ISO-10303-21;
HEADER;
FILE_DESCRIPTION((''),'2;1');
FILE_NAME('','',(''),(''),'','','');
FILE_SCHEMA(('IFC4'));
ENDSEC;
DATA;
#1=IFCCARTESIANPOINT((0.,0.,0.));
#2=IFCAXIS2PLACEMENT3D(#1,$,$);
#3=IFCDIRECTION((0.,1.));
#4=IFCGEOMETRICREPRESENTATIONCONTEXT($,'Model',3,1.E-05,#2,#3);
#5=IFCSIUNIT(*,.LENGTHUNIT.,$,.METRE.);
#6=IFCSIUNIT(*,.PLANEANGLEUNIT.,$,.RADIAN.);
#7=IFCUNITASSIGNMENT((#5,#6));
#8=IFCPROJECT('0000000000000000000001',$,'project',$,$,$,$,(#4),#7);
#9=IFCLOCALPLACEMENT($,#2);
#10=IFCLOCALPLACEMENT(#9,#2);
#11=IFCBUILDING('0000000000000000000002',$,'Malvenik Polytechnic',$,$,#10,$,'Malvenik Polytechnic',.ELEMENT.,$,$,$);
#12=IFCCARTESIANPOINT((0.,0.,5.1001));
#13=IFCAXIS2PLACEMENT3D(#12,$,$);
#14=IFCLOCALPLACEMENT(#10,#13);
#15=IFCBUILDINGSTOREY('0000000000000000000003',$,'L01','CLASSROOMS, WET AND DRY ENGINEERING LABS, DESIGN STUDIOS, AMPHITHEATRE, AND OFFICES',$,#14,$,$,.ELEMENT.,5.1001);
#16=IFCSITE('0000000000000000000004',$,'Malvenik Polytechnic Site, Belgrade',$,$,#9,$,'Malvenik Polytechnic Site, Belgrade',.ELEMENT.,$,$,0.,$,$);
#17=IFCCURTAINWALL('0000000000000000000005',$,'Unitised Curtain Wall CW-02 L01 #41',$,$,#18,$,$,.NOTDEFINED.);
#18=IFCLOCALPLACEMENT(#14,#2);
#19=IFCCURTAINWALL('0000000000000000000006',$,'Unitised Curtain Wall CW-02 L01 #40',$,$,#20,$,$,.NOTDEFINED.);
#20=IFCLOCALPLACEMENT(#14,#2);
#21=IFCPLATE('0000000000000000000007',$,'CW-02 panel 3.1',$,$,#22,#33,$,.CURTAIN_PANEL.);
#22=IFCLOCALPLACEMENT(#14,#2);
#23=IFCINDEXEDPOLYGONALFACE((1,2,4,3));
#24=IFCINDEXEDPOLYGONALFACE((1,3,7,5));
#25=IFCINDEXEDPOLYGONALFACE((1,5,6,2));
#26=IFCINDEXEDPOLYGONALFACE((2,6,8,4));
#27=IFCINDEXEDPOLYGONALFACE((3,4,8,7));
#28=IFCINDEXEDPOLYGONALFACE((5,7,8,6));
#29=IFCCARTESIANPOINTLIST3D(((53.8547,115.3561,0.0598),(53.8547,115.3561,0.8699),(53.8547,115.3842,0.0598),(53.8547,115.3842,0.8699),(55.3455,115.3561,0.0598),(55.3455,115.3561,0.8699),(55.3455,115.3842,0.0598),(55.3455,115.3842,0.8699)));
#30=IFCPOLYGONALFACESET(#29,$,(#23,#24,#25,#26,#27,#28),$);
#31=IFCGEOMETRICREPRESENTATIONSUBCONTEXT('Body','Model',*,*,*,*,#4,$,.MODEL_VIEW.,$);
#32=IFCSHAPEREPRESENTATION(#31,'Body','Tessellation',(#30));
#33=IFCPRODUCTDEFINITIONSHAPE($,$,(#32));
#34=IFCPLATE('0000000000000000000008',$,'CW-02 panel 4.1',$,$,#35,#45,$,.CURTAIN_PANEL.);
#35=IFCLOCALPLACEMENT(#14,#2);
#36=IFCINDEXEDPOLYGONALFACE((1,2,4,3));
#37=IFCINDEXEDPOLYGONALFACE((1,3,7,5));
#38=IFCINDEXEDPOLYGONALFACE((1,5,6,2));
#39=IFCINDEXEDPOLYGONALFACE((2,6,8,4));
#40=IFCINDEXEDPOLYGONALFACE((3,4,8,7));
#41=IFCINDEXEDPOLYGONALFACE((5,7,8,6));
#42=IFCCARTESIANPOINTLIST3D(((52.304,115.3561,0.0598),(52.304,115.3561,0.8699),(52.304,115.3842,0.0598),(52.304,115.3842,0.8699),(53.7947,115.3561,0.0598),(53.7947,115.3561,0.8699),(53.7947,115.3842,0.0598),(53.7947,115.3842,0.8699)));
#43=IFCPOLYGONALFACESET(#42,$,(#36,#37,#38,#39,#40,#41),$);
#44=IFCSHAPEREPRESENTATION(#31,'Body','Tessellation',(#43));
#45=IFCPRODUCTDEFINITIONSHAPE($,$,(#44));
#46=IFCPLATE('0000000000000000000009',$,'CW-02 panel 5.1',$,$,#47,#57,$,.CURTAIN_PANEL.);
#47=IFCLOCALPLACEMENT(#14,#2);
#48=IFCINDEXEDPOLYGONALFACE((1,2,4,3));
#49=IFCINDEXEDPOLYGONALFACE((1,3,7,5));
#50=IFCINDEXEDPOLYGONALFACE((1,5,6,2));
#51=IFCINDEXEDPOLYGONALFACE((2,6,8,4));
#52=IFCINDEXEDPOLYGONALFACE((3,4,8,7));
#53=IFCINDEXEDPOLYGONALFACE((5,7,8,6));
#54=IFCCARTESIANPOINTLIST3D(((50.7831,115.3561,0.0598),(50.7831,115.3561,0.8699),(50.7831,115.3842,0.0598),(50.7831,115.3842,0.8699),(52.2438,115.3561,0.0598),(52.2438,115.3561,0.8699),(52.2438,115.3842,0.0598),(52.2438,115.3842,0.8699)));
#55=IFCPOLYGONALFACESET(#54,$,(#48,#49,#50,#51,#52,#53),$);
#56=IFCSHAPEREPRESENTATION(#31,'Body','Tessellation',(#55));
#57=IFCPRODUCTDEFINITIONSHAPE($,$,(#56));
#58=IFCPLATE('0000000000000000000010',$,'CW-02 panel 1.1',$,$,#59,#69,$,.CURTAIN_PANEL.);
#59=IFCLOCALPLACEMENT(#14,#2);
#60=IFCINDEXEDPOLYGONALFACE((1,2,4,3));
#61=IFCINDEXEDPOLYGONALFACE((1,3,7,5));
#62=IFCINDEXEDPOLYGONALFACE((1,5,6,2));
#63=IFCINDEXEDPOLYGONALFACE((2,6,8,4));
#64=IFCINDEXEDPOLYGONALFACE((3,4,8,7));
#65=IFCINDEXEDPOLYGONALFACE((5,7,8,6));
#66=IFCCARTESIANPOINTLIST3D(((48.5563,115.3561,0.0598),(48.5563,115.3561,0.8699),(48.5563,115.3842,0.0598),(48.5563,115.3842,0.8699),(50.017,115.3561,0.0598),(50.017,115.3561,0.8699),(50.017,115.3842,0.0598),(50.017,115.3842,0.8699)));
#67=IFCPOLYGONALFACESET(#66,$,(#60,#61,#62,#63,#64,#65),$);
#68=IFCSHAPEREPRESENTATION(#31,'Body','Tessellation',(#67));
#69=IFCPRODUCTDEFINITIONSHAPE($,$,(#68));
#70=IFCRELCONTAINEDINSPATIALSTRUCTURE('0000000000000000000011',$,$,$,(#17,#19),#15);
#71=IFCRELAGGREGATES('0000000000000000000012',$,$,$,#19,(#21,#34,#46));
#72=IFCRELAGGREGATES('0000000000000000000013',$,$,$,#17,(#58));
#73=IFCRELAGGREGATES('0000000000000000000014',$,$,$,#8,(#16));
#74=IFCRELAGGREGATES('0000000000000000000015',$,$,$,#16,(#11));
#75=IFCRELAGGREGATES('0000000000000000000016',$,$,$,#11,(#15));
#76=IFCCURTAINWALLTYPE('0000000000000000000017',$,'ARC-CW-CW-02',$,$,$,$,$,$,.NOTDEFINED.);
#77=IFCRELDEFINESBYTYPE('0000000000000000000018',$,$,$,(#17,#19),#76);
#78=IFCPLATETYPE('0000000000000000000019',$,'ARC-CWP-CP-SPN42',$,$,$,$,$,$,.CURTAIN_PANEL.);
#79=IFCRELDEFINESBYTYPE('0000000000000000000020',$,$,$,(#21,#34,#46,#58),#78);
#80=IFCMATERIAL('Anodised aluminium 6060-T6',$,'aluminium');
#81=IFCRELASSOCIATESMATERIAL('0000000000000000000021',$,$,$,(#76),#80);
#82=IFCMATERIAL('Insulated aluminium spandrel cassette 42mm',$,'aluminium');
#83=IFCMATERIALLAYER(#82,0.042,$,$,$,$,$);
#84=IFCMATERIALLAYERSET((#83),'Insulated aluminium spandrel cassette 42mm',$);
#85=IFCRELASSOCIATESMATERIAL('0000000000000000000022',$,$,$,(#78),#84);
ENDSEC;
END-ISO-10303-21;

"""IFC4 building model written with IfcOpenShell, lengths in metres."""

from ifc_helpers import new_model, si_unit, direction, frame, origin, origin_2d, place, context, subcontext, project, spatial, rectangle, extrude, material, layer, layer_set, type_object, element, aggregate, save


model = new_model("IFC4")

# Units and contexts
model_context = context("Model", 3, precision=1e-05, world=origin(), true_north=direction((0.0, 1.0)))
body_context = subcontext(model_context, "Body", "Model", "MODEL_VIEW")
ifc_project = project(units=[si_unit("LENGTHUNIT", "METRE"), si_unit("PLANEANGLEUNIT", "RADIAN")], contexts=[model_context])

# Site, building, storey
site_placement = place(None, origin())
site = spatial("IfcSite", under=ifc_project, at=site_placement, Name="Malvenik Polytechnic Site, Belgrade", LongName="Malvenik Polytechnic Site, Belgrade", CompositionType="ELEMENT", RefElevation=0.0)
building_placement = place(site_placement, origin())
building = spatial("IfcBuilding", under=site, at=building_placement, Name="Malvenik Polytechnic", LongName="Malvenik Polytechnic", CompositionType="ELEMENT")
storey_placement = place(building_placement, frame((0.0, 0.0, 5.1001)))
storey = spatial("IfcBuildingStorey", under=building, at=storey_placement, Name="L01", Description="CLASSROOMS, WET AND DRY ENGINEERING LABS, DESIGN STUDIOS, AMPHITHEATRE, AND OFFICES", CompositionType="ELEMENT", Elevation=5.1001)

# Curtain wall
ifc_material_1 = material(Name="Anodised aluminium 6060-T6", Category="aluminium")
curtain_wall_type = type_object("IfcCurtainWallType", Name="ARC-CW-CW-02", PredefinedType="NOTDEFINED", material=ifc_material_1)
curtain_wall_1_placement = place(storey_placement, origin())
curtain_wall_1 = element("IfcCurtainWall", 1, at=curtain_wall_1_placement, inside=storey, type_object=curtain_wall_type, Name="Unitised Curtain Wall CW-02 L01 #41", PredefinedType="NOTDEFINED")

# Curtain wall
curtain_wall_2_placement = place(storey_placement, origin())
curtain_wall_2 = element("IfcCurtainWall", 2, at=curtain_wall_2_placement, inside=storey, type_object=curtain_wall_type, Name="Unitised Curtain Wall CW-02 L01 #40", PredefinedType="NOTDEFINED")

# Plates
ifc_material_2 = material(Name="Insulated aluminium spandrel cassette 42mm", Category="aluminium")
ifc_layer_1 = layer(ifc_material_2, 0.042)
ifc_layer_set_1 = layer_set([ifc_layer_1], Name="Insulated aluminium spandrel cassette 42mm")
plate_type_1 = type_object("IfcPlateType", Name="ARC-CWP-CP-SPN42", PredefinedType="CURTAIN_PANEL", material=ifc_layer_set_1)
plate_1_placement = place(storey_placement, frame((54.6001, 115.3701, 0.0598), z_axis=(0.0, 0.0, 1.0), x_axis=(-1.0, 0.0, 0.0)))
plate_1 = element("IfcPlate", 3, at=plate_1_placement, type_object=plate_type_1, Name="CW-02 panel 3.1", PredefinedType="CURTAIN_PANEL", context=body_context, shape_type="SweptSolid", body=[
    extrude(rectangle(XDim=1.4907, YDim=0.0281, at=origin_2d()), origin(), (0.0, 0.0, 1.0), 0.8101),
])
plate_2_placement = place(storey_placement, frame((53.0493, 115.3701, 0.0598), z_axis=(0.0, 0.0, 1.0), x_axis=(-1.0, 0.0, 0.0)))
plate_2 = element("IfcPlate", 4, at=plate_2_placement, type_object=plate_type_1, Name="CW-02 panel 4.1", PredefinedType="CURTAIN_PANEL", context=body_context, shape_type="SweptSolid", body=[
    extrude(rectangle(XDim=1.4907, YDim=0.0281, at=origin_2d()), origin(), (0.0, 0.0, 1.0), 0.8101),
])
plate_3_placement = place(storey_placement, frame((51.5134, 115.3701, 0.0598), z_axis=(0.0, 0.0, 1.0), x_axis=(-1.0, 0.0, 0.0)))
plate_3 = element("IfcPlate", 5, at=plate_3_placement, type_object=plate_type_1, Name="CW-02 panel 5.1", PredefinedType="CURTAIN_PANEL", context=body_context, shape_type="SweptSolid", body=[
    extrude(rectangle(XDim=1.4607, YDim=0.0281, at=origin_2d()), origin(), (0.0, 0.0, 1.0), 0.8101),
])
aggregate(curtain_wall_2, [plate_1, plate_2, plate_3])
plate_4_placement = place(storey_placement, frame((49.2866, 115.3701, 0.0598), z_axis=(0.0, 0.0, 1.0), x_axis=(-1.0, 0.0, 0.0)))
plate_4 = element("IfcPlate", 6, at=plate_4_placement, type_object=plate_type_1, Name="CW-02 panel 1.1", PredefinedType="CURTAIN_PANEL", context=body_context, shape_type="SweptSolid", body=[
    extrude(rectangle(XDim=1.4607, YDim=0.0281, at=origin_2d()), origin(), (0.0, 0.0, 1.0), 0.8101),
])
aggregate(curtain_wall_1, [plate_4])

save(model, "model.ifc")
